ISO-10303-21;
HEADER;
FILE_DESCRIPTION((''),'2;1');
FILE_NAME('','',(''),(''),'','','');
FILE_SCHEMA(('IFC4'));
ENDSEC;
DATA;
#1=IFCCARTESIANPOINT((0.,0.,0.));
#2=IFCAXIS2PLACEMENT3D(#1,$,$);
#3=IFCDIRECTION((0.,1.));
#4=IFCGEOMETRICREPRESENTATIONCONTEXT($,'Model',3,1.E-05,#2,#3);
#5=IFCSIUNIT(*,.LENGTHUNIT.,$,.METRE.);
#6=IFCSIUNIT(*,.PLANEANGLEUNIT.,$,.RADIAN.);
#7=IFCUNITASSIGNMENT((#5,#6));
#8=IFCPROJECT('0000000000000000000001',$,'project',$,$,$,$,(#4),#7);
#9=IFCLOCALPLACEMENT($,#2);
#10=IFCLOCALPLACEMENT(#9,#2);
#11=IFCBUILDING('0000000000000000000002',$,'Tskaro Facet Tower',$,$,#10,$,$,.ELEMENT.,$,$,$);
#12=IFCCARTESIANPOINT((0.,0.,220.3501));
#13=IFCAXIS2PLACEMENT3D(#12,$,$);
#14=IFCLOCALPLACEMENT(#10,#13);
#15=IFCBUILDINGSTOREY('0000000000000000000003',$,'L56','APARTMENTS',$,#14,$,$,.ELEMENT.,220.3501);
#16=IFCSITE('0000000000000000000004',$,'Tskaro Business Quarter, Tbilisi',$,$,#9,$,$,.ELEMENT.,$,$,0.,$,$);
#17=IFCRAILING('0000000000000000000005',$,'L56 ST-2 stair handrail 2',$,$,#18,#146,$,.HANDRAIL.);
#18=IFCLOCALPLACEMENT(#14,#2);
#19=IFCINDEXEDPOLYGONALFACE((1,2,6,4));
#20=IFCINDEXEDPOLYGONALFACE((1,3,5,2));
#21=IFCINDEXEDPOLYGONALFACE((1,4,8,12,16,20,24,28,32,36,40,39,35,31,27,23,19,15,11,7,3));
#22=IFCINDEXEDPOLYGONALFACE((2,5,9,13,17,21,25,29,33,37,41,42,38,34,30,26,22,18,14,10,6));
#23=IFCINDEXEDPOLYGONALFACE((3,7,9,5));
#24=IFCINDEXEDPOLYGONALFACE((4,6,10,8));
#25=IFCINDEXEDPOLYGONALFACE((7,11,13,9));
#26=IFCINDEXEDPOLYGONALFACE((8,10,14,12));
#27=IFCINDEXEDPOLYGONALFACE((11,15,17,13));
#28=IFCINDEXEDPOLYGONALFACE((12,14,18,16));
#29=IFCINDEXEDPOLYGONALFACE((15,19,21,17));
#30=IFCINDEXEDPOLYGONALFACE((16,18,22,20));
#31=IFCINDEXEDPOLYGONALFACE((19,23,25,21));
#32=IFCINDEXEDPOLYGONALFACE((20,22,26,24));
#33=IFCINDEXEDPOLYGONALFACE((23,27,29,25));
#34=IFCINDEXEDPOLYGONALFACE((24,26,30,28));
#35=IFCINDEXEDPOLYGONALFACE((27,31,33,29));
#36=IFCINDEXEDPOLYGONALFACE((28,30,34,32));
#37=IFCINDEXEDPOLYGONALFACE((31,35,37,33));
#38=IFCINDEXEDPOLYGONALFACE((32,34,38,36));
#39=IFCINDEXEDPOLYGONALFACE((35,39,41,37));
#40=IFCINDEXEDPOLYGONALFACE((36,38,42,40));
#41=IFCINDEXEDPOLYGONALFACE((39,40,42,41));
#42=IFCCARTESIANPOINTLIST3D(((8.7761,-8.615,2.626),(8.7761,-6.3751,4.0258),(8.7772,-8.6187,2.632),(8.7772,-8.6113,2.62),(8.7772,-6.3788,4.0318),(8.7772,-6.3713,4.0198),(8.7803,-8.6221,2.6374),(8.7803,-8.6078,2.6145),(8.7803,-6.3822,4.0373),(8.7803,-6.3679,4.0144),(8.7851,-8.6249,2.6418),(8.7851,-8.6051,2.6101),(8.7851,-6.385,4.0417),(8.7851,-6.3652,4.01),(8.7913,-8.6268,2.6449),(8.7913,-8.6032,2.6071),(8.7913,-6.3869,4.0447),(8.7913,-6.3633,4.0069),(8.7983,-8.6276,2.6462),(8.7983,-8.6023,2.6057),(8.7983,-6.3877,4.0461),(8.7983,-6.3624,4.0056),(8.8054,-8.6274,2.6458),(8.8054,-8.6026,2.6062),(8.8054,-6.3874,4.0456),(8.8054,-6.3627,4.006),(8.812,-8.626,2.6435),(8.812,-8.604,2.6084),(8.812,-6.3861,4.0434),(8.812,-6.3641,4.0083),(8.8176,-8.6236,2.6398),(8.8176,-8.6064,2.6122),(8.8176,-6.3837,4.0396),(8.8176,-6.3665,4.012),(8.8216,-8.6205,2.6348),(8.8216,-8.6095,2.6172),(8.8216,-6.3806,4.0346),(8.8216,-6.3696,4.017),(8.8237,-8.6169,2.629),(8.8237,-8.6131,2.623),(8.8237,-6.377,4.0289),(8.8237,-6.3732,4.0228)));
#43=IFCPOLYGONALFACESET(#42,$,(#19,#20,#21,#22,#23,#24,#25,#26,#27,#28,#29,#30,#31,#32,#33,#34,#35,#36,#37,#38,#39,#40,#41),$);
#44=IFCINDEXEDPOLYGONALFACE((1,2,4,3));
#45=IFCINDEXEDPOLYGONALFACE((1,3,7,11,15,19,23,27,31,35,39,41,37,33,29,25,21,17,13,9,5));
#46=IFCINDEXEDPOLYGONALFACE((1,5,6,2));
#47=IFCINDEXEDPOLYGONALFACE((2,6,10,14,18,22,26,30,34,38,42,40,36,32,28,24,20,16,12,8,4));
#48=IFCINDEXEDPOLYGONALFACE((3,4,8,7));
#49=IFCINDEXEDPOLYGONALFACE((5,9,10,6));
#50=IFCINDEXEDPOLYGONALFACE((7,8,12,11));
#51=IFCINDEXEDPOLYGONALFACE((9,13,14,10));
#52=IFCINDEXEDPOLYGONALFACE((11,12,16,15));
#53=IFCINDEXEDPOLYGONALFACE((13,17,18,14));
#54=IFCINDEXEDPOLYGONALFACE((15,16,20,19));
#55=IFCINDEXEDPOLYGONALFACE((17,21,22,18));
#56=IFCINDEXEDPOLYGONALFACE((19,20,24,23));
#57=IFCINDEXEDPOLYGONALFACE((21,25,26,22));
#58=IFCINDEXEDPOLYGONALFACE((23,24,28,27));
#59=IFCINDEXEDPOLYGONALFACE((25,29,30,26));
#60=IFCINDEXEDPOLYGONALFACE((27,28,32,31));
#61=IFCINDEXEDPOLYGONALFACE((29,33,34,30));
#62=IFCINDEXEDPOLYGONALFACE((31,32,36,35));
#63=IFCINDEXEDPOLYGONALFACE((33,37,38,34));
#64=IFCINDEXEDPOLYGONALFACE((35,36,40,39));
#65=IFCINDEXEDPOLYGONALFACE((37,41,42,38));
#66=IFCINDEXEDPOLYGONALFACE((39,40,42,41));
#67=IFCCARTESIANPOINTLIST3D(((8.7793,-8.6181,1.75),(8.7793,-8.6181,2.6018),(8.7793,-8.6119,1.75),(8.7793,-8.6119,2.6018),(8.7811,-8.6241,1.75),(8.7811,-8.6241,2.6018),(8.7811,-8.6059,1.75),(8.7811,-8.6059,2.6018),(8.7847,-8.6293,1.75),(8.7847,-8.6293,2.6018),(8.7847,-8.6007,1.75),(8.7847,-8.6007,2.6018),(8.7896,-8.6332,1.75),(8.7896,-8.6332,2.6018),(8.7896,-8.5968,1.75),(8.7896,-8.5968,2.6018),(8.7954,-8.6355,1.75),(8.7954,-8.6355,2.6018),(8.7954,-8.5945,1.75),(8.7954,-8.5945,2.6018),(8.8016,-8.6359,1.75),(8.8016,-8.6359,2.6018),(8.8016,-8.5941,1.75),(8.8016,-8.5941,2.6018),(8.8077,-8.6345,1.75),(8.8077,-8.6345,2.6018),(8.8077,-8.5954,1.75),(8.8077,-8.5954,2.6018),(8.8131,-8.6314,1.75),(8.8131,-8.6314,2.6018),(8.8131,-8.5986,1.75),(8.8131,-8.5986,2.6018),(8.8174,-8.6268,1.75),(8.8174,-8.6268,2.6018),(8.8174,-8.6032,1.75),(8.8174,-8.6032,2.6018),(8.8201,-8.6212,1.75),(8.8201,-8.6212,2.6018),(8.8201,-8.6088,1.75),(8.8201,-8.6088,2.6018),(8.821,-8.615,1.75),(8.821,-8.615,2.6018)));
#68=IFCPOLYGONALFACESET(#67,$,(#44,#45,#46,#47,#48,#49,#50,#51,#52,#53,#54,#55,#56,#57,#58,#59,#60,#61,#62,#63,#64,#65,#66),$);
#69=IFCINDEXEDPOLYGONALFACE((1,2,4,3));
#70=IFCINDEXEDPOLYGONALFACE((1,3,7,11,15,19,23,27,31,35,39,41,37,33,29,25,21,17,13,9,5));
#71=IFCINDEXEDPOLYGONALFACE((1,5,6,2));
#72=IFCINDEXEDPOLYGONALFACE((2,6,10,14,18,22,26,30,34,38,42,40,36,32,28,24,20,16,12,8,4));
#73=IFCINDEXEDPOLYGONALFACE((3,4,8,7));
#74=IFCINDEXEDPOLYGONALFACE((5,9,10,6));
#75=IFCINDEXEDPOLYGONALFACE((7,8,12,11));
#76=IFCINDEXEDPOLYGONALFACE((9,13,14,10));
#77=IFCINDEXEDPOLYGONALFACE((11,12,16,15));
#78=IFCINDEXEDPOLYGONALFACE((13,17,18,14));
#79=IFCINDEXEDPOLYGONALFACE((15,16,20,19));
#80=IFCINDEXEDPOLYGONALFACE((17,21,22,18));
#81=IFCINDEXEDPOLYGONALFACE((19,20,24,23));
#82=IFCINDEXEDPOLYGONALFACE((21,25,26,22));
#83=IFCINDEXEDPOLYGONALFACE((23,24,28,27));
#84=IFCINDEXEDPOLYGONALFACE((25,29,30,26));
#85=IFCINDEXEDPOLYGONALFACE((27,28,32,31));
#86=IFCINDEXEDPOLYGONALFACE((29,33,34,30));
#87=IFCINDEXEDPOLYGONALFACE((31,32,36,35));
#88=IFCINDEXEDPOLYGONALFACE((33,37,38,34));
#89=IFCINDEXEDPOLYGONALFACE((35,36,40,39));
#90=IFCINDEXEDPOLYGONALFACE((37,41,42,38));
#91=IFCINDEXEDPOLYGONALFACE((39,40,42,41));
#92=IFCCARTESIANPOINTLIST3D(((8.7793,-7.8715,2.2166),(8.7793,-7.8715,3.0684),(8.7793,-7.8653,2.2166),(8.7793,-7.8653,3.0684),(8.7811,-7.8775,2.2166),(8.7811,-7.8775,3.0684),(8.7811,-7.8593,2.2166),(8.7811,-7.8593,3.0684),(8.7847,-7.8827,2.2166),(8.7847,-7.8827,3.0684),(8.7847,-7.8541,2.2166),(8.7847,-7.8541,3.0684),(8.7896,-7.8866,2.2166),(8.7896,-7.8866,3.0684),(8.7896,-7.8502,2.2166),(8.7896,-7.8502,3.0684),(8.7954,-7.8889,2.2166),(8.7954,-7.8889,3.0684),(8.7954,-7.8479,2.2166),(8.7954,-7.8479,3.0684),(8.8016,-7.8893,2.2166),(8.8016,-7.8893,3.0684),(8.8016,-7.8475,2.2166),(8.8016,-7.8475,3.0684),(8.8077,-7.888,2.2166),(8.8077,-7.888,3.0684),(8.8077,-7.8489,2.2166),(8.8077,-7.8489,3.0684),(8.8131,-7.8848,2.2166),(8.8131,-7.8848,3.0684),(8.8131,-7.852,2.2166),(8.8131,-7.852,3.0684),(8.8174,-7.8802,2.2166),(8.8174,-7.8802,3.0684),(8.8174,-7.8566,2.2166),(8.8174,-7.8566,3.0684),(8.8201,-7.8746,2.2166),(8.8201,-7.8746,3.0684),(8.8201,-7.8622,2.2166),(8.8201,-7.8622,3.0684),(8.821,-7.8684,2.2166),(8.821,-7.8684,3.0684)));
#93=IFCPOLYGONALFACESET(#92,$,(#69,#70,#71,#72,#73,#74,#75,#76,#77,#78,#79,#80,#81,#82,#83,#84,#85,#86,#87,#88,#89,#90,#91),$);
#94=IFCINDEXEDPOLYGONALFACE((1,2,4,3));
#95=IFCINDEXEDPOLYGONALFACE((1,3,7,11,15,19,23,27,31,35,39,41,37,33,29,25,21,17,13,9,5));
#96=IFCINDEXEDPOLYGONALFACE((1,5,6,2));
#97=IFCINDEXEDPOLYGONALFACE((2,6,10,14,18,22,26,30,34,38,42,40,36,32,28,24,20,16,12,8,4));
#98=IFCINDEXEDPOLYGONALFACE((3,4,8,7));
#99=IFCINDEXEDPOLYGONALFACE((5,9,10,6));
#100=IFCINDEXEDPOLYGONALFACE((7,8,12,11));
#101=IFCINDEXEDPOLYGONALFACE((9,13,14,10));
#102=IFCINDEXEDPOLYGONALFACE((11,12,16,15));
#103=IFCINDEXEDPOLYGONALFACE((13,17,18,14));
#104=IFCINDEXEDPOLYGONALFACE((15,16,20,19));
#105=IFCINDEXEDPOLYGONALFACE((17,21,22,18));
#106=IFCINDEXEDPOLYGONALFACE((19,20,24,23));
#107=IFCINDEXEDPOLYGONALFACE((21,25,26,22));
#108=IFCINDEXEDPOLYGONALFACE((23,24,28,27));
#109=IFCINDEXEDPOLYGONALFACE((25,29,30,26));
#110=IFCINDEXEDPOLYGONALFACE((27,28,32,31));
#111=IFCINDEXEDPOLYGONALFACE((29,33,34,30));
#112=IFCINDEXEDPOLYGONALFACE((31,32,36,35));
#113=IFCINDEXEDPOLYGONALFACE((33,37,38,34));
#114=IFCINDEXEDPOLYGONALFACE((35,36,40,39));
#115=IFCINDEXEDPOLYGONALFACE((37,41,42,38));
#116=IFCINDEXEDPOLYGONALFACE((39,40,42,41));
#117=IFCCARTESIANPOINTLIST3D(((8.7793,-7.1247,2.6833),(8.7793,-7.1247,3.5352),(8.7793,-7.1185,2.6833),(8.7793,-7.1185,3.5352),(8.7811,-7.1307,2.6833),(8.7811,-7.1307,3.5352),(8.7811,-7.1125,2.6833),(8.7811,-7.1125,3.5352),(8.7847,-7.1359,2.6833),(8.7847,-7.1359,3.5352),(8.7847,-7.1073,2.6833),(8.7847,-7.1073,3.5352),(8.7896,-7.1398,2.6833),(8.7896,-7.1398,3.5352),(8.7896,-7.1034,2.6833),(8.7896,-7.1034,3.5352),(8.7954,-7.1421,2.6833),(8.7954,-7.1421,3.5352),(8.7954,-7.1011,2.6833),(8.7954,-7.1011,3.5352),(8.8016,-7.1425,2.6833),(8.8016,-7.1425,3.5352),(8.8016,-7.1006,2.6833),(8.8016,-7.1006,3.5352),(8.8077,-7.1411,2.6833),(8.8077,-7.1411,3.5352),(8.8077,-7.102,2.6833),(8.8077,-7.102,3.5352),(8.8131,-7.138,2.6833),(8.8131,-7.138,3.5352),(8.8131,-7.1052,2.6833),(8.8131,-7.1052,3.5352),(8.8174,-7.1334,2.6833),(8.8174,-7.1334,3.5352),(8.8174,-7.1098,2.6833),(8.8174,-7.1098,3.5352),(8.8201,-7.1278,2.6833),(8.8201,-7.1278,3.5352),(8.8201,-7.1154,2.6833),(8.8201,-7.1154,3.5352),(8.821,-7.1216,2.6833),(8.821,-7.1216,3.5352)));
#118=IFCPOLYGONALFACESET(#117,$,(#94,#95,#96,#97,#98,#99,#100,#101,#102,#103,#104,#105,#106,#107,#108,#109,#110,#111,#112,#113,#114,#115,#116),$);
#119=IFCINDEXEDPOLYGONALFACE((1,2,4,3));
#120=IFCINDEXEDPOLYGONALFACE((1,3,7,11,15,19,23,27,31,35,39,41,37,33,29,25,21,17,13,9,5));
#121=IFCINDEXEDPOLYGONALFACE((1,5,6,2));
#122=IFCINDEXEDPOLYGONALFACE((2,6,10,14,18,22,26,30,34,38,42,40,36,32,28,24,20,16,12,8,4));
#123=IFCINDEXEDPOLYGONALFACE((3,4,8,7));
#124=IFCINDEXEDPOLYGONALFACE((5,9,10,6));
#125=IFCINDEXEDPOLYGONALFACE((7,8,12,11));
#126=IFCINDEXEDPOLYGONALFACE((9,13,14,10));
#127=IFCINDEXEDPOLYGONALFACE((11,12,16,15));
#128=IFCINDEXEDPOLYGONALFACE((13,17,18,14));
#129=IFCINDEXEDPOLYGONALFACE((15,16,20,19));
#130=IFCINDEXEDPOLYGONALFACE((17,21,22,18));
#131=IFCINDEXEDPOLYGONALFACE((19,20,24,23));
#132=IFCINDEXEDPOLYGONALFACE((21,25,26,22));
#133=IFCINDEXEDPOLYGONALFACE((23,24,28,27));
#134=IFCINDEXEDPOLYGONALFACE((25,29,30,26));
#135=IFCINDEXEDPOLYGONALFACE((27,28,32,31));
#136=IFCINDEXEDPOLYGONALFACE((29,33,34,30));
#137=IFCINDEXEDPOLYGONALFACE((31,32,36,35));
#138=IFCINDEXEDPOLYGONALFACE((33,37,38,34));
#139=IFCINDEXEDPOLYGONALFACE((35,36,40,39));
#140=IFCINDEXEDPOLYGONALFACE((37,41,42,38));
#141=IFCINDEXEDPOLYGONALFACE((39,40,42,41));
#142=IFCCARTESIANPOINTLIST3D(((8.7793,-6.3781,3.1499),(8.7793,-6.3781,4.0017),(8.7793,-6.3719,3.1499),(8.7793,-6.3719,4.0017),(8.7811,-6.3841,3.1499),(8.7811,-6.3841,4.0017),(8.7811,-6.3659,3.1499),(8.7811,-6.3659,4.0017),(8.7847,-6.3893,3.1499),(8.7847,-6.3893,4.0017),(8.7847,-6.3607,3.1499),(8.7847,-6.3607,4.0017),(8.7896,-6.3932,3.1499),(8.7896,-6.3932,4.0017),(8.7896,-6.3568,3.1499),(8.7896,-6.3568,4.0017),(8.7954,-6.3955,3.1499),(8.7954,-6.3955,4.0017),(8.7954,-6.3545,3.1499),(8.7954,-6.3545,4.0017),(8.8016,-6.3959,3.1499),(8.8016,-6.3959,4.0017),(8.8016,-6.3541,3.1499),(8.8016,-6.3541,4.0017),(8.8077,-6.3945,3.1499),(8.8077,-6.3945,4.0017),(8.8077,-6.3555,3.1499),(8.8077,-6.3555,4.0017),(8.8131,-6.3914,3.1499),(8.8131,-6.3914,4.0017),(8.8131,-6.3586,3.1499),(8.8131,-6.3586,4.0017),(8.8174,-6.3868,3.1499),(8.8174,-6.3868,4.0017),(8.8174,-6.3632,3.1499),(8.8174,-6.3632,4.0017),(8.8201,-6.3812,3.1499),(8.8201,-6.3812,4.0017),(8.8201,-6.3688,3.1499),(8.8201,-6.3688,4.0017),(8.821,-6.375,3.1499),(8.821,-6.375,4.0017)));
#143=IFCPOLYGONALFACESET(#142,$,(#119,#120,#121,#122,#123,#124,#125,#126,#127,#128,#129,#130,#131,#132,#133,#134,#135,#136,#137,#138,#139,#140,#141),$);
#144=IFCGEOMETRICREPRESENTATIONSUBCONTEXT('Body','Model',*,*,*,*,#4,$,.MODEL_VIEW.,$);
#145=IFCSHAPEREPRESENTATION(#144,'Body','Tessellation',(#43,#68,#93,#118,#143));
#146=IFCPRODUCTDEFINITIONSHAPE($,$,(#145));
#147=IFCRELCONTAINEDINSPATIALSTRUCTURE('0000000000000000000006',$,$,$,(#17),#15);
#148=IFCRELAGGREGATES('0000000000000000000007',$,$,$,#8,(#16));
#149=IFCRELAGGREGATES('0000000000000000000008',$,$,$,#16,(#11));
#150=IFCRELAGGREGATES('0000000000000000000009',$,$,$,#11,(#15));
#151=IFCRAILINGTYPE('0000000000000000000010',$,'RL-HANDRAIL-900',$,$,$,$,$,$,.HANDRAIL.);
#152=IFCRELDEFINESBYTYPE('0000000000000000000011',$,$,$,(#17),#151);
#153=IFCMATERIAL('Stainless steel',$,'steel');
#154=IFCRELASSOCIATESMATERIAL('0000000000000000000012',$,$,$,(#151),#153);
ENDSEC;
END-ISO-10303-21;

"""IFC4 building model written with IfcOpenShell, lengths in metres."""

from ifc_helpers import new_model, si_unit, direction, frame, origin, origin_2d, place, context, subcontext, project, spatial, circle, extrude, material, type_object, element, save


model = new_model("IFC4")

# Units and contexts
model_context = context("Model", 3, precision=1e-05, world=origin(), true_north=direction((0.0, 1.0)))
body_context = subcontext(model_context, "Body", "Model", "MODEL_VIEW")
ifc_project = project(units=[si_unit("LENGTHUNIT", "METRE"), si_unit("PLANEANGLEUNIT", "RADIAN")], contexts=[model_context])

# Site, building, storey
site_placement = place(None, origin())
site = spatial("IfcSite", under=ifc_project, at=site_placement, Name="Tskaro Business Quarter, Tbilisi", CompositionType="ELEMENT", RefElevation=0.0)
building_placement = place(site_placement, origin())
building = spatial("IfcBuilding", under=site, at=building_placement, Name="Tskaro Facet Tower", CompositionType="ELEMENT")
storey_placement = place(building_placement, frame((0.0, 0.0, 220.3501)))
storey = spatial("IfcBuildingStorey", under=building, at=storey_placement, Name="L56", Description="APARTMENTS", CompositionType="ELEMENT", Elevation=220.3501)

# Railing
ifc_material_1 = material(Name="Stainless steel", Category="steel")
railing_type_1 = type_object("IfcRailingType", Name="RL-HANDRAIL-900", PredefinedType="HANDRAIL", material=ifc_material_1)
railing_1_placement = place(storey_placement, frame((8.8, -8.615, 1.75)))
element("IfcRailing", 1, at=railing_1_placement, inside=storey, type_object=railing_type_1, Name="L56 ST-2 stair handrail 2", PredefinedType="HANDRAIL", context=body_context, shape_type="SweptSolid", body=[
    extrude(circle(Radius=0.0239, at=origin_2d()), frame((0.0, 0.0, 0.876), z_axis=(0.0, 0.848014, 0.529974), x_axis=(-1.0, 0.0, 0.0)), (0.0, 0.0, 1.0), 2.6414),
    extrude(circle(Radius=0.021, at=origin_2d()), origin(), (0.0, 0.0, 1.0), 0.8518),
    extrude(circle(Radius=0.021, at=origin_2d()), frame((0.0, 0.7466, 0.4666)), (0.0, 0.0, 1.0), 0.8518),
    extrude(circle(Radius=0.021, at=origin_2d()), frame((0.0, 1.4934, 0.9333)), (0.0, 0.0, 1.0), 0.8518),
    extrude(circle(Radius=0.021, at=origin_2d()), frame((0.0, 2.24, 1.3999)), (0.0, 0.0, 1.0), 0.8518),
])

save(model, "model.ifc")
